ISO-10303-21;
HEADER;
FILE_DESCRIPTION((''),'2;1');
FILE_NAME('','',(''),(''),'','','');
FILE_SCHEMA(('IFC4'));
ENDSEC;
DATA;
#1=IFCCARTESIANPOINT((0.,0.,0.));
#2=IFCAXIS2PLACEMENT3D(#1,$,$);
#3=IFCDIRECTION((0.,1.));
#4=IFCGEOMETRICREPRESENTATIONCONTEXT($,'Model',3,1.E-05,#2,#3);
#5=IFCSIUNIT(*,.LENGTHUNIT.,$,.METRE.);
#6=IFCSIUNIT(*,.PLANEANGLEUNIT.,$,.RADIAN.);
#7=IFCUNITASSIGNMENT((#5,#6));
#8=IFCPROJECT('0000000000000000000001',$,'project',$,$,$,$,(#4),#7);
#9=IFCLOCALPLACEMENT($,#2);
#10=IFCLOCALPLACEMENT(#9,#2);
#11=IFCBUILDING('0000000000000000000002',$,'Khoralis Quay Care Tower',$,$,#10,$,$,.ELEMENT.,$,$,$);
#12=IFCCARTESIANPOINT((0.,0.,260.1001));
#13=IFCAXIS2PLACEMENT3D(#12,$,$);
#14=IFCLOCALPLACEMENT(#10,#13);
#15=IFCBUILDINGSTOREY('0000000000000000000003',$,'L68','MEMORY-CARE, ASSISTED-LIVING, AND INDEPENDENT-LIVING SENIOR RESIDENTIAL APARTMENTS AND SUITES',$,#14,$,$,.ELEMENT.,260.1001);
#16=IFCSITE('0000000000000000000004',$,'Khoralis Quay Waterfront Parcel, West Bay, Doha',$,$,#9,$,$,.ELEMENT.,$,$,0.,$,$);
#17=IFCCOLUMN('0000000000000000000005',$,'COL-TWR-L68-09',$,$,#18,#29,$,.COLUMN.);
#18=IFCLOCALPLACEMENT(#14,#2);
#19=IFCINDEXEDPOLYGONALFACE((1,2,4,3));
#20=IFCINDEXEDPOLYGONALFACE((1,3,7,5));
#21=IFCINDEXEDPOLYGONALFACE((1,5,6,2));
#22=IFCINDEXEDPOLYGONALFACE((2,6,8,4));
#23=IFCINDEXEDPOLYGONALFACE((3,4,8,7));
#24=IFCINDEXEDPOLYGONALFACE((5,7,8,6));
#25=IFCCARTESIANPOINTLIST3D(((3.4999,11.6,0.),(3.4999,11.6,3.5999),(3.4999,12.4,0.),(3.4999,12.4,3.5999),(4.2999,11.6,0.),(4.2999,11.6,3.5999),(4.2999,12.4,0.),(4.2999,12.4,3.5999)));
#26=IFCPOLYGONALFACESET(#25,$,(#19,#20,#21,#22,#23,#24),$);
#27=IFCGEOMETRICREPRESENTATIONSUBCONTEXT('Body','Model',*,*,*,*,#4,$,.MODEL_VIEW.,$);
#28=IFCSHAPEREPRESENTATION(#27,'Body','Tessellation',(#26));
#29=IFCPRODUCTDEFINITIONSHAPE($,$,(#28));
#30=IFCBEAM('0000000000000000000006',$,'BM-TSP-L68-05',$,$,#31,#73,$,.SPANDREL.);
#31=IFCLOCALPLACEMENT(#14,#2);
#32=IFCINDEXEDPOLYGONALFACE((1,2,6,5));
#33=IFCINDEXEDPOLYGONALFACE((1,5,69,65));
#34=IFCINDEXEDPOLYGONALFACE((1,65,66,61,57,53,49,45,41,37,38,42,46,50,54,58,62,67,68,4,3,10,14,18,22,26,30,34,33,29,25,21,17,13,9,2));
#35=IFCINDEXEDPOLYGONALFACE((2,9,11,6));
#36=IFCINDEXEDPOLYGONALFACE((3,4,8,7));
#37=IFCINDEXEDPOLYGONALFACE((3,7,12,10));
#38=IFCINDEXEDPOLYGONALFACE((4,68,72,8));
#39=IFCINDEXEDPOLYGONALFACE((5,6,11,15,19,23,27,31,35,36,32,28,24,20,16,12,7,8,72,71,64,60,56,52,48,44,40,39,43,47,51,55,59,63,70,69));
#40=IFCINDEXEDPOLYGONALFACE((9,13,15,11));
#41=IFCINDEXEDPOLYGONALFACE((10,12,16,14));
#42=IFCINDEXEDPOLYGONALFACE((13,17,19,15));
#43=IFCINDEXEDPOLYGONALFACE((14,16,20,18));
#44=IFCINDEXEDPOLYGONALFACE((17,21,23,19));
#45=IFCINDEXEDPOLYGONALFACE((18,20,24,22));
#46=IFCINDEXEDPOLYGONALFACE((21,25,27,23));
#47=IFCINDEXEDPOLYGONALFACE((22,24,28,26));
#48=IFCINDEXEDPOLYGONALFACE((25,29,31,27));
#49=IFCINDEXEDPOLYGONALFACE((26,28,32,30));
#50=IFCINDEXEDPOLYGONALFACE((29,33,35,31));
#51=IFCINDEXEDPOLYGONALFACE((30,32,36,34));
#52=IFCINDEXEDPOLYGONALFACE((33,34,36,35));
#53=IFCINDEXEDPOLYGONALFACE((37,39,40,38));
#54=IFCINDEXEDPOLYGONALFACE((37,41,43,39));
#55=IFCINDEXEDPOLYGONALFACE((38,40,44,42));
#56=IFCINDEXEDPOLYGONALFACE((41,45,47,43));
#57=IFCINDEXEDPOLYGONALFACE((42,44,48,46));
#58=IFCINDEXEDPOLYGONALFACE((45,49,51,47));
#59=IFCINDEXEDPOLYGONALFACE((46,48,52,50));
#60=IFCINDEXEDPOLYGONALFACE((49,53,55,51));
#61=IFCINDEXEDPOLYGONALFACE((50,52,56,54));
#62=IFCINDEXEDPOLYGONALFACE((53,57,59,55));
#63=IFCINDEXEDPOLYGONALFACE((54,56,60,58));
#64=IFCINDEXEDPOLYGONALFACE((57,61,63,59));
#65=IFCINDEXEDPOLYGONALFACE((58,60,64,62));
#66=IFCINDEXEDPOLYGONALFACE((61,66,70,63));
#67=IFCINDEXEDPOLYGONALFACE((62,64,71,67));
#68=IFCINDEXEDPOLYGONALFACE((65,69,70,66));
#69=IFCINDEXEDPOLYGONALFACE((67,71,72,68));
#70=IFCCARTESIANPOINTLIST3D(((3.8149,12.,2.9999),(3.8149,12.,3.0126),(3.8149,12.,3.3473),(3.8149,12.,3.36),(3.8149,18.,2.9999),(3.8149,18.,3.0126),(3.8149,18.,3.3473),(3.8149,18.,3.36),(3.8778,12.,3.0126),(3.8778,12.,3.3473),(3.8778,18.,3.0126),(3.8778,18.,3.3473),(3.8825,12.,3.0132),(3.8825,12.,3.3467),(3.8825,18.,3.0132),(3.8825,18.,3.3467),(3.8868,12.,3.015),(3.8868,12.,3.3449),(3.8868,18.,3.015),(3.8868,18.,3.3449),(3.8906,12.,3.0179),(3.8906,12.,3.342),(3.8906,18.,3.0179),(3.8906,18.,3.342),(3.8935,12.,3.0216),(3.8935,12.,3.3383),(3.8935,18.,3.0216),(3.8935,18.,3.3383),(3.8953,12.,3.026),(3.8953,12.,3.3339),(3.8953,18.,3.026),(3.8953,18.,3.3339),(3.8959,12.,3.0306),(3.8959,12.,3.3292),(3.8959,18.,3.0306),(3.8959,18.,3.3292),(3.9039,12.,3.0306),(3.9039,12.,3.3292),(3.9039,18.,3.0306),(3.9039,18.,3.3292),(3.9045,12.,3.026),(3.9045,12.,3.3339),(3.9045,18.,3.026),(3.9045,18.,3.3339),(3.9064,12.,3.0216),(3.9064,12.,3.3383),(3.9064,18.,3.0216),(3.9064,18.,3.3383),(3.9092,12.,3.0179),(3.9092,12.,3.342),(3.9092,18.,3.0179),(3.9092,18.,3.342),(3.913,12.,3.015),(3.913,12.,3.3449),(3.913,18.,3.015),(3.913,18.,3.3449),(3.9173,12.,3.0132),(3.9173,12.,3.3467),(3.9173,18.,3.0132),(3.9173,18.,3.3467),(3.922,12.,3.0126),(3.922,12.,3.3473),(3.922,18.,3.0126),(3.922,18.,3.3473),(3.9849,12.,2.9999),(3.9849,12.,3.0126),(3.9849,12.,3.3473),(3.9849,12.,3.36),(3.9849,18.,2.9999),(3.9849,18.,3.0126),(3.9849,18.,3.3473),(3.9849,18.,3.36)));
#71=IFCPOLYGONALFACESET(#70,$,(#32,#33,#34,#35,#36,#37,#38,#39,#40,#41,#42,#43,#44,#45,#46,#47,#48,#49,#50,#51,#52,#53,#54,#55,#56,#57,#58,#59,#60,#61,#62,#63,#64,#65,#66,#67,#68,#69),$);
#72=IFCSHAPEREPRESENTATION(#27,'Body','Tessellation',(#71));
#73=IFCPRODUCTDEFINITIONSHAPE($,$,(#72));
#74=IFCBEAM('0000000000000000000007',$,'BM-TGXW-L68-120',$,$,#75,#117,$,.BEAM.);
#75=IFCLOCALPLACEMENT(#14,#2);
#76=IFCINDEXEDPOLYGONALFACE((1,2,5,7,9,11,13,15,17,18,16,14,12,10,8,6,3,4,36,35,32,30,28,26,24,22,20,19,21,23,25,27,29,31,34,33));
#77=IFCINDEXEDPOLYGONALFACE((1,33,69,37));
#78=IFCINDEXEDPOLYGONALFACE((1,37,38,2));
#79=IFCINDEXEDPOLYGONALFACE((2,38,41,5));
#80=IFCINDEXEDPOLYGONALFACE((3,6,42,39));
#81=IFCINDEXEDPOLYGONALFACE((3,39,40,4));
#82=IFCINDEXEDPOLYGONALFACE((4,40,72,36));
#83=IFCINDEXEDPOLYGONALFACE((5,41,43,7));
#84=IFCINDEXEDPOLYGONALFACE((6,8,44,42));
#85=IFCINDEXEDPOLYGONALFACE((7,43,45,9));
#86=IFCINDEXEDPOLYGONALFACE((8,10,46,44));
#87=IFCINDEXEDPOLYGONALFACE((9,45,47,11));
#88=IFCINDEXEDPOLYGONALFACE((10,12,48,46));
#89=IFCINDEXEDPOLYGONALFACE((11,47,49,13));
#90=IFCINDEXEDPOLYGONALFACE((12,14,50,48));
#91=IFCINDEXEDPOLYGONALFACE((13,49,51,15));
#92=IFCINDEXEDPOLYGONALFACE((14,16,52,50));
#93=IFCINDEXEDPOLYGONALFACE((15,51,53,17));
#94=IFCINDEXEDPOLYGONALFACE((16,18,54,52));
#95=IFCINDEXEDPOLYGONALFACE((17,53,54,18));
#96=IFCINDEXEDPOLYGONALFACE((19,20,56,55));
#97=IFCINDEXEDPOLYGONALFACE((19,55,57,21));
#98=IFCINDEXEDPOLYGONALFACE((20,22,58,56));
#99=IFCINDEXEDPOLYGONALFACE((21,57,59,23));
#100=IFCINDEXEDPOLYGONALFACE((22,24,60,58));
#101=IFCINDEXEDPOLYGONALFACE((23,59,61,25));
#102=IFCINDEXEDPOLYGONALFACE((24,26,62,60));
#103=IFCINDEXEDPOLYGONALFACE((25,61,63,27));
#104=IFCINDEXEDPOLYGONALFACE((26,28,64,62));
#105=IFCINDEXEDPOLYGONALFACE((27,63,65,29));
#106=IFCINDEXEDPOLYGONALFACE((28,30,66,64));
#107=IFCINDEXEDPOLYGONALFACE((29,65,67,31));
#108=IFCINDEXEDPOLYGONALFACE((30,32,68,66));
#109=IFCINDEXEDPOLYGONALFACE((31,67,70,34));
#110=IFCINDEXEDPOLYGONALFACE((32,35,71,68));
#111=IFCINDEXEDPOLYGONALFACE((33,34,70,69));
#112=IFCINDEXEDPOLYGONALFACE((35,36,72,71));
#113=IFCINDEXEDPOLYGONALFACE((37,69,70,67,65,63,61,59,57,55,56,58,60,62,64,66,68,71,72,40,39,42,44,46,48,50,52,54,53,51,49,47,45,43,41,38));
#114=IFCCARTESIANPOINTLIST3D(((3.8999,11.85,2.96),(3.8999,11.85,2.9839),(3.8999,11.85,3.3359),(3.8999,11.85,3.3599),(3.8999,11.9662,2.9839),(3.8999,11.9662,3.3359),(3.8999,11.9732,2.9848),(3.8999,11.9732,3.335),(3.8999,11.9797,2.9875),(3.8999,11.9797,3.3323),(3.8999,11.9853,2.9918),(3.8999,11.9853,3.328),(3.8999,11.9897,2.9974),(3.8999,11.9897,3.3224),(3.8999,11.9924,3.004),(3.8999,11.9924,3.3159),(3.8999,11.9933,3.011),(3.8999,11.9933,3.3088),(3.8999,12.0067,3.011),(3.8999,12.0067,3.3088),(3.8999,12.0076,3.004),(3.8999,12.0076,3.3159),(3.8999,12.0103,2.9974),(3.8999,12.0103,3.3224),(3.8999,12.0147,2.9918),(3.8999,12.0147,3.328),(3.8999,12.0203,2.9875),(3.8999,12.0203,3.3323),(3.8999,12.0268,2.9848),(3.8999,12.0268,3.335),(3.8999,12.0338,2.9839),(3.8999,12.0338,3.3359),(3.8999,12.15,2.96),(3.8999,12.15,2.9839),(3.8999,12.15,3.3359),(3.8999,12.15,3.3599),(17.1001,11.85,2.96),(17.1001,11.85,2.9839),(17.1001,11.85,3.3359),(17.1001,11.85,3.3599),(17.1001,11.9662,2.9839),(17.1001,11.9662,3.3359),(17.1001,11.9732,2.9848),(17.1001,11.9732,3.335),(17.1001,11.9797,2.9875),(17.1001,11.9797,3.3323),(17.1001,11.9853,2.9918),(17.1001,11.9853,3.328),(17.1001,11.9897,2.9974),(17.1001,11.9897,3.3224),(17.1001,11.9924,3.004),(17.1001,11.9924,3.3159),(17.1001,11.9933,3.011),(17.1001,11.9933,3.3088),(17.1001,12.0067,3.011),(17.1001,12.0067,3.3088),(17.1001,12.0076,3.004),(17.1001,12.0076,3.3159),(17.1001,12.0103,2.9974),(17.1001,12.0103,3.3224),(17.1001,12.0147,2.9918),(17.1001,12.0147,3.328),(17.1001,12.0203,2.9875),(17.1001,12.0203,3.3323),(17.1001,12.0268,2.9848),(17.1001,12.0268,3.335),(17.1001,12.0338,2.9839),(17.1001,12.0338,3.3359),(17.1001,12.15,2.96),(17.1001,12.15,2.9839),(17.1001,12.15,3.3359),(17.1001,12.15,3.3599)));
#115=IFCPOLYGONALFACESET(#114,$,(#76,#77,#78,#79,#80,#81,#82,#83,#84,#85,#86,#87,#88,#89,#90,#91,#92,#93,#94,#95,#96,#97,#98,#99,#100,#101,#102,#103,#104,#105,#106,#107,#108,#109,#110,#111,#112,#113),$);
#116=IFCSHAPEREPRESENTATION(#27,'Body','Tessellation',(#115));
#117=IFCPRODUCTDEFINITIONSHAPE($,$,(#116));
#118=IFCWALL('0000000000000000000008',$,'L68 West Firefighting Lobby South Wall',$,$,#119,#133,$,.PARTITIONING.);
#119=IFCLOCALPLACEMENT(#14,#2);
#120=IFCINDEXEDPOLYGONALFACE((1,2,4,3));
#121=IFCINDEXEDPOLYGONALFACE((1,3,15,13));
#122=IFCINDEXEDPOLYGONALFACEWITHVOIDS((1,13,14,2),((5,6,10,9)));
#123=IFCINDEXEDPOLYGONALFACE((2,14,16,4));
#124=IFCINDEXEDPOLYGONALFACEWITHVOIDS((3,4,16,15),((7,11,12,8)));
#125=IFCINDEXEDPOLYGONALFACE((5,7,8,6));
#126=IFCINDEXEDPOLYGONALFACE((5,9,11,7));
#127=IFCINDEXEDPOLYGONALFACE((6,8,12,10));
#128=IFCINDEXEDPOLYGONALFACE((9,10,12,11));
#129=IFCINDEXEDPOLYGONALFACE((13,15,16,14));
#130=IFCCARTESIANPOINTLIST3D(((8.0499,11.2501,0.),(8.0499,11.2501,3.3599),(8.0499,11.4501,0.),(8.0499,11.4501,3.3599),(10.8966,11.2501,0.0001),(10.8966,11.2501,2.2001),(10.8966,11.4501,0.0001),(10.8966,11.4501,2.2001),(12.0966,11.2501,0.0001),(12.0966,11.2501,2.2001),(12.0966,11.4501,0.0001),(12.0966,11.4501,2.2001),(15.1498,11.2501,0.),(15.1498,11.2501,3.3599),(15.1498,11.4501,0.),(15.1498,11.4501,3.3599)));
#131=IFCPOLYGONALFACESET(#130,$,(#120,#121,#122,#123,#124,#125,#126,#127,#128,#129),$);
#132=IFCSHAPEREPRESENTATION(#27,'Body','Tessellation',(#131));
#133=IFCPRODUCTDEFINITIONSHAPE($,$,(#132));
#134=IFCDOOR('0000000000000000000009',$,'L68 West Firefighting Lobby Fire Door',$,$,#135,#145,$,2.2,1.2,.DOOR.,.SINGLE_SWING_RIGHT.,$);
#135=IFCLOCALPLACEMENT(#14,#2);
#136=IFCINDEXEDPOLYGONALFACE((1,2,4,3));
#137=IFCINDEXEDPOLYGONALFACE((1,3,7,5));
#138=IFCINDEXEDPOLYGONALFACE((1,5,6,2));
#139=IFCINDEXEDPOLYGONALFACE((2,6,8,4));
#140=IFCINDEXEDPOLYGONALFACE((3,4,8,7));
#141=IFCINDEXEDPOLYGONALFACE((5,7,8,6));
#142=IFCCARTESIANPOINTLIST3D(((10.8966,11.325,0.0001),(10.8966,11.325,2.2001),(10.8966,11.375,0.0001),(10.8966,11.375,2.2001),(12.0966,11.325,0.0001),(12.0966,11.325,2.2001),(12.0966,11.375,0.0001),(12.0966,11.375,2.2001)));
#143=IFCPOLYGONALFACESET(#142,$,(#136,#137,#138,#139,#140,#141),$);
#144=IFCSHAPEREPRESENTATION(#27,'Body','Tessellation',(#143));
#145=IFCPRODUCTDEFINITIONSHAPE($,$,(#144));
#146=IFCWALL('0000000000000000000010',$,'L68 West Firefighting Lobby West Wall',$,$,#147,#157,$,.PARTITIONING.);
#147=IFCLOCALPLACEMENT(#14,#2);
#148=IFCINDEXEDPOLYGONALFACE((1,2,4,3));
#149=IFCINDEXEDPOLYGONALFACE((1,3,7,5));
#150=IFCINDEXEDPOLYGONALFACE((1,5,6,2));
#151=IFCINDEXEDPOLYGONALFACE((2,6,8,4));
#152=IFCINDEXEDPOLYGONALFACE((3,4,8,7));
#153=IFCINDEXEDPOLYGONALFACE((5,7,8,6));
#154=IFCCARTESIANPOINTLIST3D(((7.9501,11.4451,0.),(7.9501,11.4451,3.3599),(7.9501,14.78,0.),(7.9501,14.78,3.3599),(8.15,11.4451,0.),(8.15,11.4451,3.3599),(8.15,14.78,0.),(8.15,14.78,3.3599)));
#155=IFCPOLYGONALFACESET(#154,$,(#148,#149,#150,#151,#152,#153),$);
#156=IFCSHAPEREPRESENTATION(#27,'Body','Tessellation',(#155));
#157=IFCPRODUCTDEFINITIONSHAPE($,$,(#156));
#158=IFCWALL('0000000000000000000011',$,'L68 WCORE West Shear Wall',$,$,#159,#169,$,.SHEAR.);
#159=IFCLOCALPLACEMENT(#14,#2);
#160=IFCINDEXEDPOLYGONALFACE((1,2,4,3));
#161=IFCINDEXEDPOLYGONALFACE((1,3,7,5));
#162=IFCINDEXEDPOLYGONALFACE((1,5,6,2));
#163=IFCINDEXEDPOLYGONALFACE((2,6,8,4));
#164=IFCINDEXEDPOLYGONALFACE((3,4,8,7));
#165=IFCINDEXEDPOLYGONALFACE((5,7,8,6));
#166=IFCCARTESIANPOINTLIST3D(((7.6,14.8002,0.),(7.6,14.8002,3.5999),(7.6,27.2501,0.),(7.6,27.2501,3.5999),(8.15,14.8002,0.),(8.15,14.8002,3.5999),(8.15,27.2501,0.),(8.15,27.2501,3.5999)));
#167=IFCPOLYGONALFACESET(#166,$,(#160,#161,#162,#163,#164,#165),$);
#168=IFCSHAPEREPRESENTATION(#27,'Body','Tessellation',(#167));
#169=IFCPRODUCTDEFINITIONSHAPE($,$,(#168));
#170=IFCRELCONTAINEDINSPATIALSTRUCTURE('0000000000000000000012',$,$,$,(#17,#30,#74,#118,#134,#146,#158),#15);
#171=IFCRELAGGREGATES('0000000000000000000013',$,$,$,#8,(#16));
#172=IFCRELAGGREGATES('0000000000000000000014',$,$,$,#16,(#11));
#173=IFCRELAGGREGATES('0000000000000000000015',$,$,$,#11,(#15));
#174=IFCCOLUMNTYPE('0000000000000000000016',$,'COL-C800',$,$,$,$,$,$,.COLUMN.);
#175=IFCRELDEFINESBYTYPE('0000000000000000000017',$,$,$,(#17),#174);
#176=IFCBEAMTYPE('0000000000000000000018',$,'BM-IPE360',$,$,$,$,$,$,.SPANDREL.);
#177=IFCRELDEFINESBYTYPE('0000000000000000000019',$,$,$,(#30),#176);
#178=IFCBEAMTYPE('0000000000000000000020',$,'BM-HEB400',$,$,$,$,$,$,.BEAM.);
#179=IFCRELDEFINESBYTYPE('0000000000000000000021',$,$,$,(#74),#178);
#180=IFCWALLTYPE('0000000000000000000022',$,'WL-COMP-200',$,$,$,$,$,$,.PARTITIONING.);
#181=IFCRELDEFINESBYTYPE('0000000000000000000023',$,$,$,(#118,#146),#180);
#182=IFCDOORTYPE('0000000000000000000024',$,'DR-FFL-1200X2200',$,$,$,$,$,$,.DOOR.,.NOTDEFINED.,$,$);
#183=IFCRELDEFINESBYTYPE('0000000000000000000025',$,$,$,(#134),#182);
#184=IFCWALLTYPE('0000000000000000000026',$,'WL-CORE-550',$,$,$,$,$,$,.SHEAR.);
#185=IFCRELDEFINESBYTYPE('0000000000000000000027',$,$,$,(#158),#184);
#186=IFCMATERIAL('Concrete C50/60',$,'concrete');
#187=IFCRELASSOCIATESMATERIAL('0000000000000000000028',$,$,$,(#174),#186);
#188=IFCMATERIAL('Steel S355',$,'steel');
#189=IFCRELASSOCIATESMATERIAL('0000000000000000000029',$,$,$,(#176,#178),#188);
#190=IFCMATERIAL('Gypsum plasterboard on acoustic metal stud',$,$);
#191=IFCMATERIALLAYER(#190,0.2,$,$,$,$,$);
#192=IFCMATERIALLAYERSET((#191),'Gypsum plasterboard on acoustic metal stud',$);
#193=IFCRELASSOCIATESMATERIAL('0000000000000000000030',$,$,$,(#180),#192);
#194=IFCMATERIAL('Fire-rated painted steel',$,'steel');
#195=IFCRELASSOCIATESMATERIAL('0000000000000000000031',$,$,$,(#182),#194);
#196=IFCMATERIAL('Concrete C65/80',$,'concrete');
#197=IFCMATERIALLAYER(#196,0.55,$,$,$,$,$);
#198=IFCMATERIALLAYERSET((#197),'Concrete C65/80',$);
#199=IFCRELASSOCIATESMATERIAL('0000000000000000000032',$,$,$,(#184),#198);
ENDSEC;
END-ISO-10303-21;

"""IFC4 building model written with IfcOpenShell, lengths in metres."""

from ifc_helpers import new_model, si_unit, direction, frame, frame_2d, origin, origin_2d, place, context, subcontext, project, spatial, rectangle, i_section, extrude, source, transform, mapped, material, layer, layer_set, material_profile, profile_set, type_object, element, fill, save


model = new_model("IFC4")

# Units and contexts
model_context = context("Model", 3, precision=1e-05, world=origin(), true_north=direction((0.0, 1.0)))
body_context = subcontext(model_context, "Body", "Model", "MODEL_VIEW")
ifc_project = project(units=[si_unit("LENGTHUNIT", "METRE"), si_unit("PLANEANGLEUNIT", "RADIAN")], contexts=[model_context])

# Site, building, storey
site_placement = place(None, origin())
site = spatial("IfcSite", under=ifc_project, at=site_placement, Name="Khoralis Quay Waterfront Parcel, West Bay, Doha", CompositionType="ELEMENT", RefElevation=0.0)
building_placement = place(site_placement, origin())
building = spatial("IfcBuilding", under=site, at=building_placement, Name="Khoralis Quay Care Tower", CompositionType="ELEMENT")
storey_placement = place(building_placement, frame((0.0, 0.0, 260.1001)))
storey = spatial("IfcBuildingStorey", under=building, at=storey_placement, Name="L68", Description="MEMORY-CARE, ASSISTED-LIVING, AND INDEPENDENT-LIVING SENIOR RESIDENTIAL APARTMENTS AND SUITES", CompositionType="ELEMENT", Elevation=260.1001)

# Column
ifc_material_1 = material(Name="Concrete C50/60", Category="concrete")
ifc_material_profile_1 = material_profile(ifc_material_1, rectangle(XDim=0.8, YDim=0.8, at=origin_2d()), Name="Concrete C50/60")
ifc_profile_set_1 = profile_set([ifc_material_profile_1], Name="Concrete C50/60")
column_type = type_object("IfcColumnType", Name="COL-C800", PredefinedType="COLUMN", material=ifc_profile_set_1)
shared_shape_1 = source(origin(), body_context, "Body", "SweptSolid", [
    extrude(rectangle(XDim=0.8, YDim=0.8, at=origin_2d()), origin(), (0.0, 0.0, 1.0), 3.5999),
])
column_placement = place(storey_placement, frame((3.8999, 12.0, 0.0), z_axis=(0.0, 0.0, 1.0), x_axis=(1.0, 0.0, 0.0)))
element("IfcColumn", 1, at=column_placement, inside=storey, type_object=column_type, Name="COL-TWR-L68-09", PredefinedType="COLUMN", context=body_context, shape_type="MappedRepresentation", body=[
    mapped(shared_shape_1, transform((0.0, 0.0, 0.0), scale=1.0)),
])

# Beams
ifc_material_2 = material(Name="Steel S355", Category="steel")
ifc_material_profile_2 = material_profile(ifc_material_2, i_section(OverallWidth=0.1699, OverallDepth=0.3601, WebThickness=0.0081, FlangeThickness=0.0127, FilletRadius=0.0181, at=origin_2d()), Name="Steel S355")
ifc_profile_set_2 = profile_set([ifc_material_profile_2], Name="Steel S355")
beam_type_1 = type_object("IfcBeamType", Name="BM-IPE360", PredefinedType="SPANDREL", material=ifc_profile_set_2)
shared_shape_2 = source(origin(), body_context, "Body", "SweptSolid", [
    extrude(i_section(OverallWidth=0.1699, OverallDepth=0.3601, WebThickness=0.0081, FlangeThickness=0.0127, FilletRadius=0.0181, at=origin_2d()), origin(), (0.0, 0.0, 1.0), 6.0),
])
beam_1_placement = place(storey_placement, frame((3.8999, 12.0, 3.1799), z_axis=(0.0, 1.0, 0.0), x_axis=(-1.0, 0.0, 0.0)))
element("IfcBeam", 2, at=beam_1_placement, inside=storey, type_object=beam_type_1, Name="BM-TSP-L68-05", PredefinedType="SPANDREL", context=body_context, shape_type="MappedRepresentation", body=[
    mapped(shared_shape_2, transform((0.0, 0.0, 0.0), scale=1.0)),
])
ifc_material_profile_3 = material_profile(ifc_material_2, i_section(OverallWidth=0.3, OverallDepth=0.3999, WebThickness=0.0134, FlangeThickness=0.0239, FilletRadius=0.0271, at=origin_2d()), Name="Steel S355")
ifc_profile_set_3 = profile_set([ifc_material_profile_3], Name="Steel S355")
beam_type_2 = type_object("IfcBeamType", Name="BM-HEB400", PredefinedType="BEAM", material=ifc_profile_set_3)
shared_shape_3 = source(origin(), body_context, "Body", "SweptSolid", [
    extrude(i_section(OverallWidth=0.3, OverallDepth=0.3999, WebThickness=0.0134, FlangeThickness=0.0239, FilletRadius=0.0271, at=origin_2d()), origin(), (0.0, 0.0, 1.0), 13.2002),
])
beam_2_placement = place(storey_placement, frame((3.8999, 12.0, 3.1599), z_axis=(1.0, 0.0, 0.0), x_axis=(0.0, 1.0, 0.0)))
element("IfcBeam", 3, at=beam_2_placement, inside=storey, type_object=beam_type_2, Name="BM-TGXW-L68-120", PredefinedType="BEAM", context=body_context, shape_type="MappedRepresentation", body=[
    mapped(shared_shape_3, transform((0.0, 0.0, 0.0), scale=1.0)),
])

# Wall, opening, door
ifc_material_3 = material(Name="Gypsum plasterboard on acoustic metal stud")
ifc_layer_1 = layer(ifc_material_3, 0.2)
ifc_layer_set_1 = layer_set([ifc_layer_1], Name="Gypsum plasterboard on acoustic metal stud")
wall_type_1 = type_object("IfcWallType", Name="WL-COMP-200", PredefinedType="PARTITIONING", material=ifc_layer_set_1)
wall_1_placement = place(storey_placement, frame((8.05, 11.3501, 0.0), z_axis=(0.0, 0.0, 1.0), x_axis=(1.0, 0.0, 0.0)))
wall_1 = element("IfcWall", 4, at=wall_1_placement, inside=storey, type_object=wall_type_1, Name="L68 West Firefighting Lobby South Wall", PredefinedType="PARTITIONING", context=body_context, shape_type="SweptSolid", body=[
    extrude(rectangle(XDim=7.0999, YDim=0.2, at=frame_2d((3.5498, 0.0))), origin(), (0.0, 0.0, 1.0), 3.3599),
])
opening_1_placement = place(wall_1_placement, frame((2.8464, 0.0, 0.0)))
opening_1 = element("IfcOpeningElement", 5, at=opening_1_placement, cuts=wall_1, PredefinedType="OPENING", context=body_context, shape_type="SweptSolid", body=[
    extrude(rectangle(XDim=1.2, YDim=2.2, at=frame_2d((0.6001, 1.1001))), frame((0.0, 0.1099, 0.0), z_axis=(0.0, -1.0, 0.0), x_axis=(1.0, 0.0, 0.0)), (0.0, 0.0, 1.0), 0.22),
])
ifc_material_4 = material(Name="Fire-rated painted steel", Category="steel")
door_type_1 = type_object("IfcDoorType", Name="DR-FFL-1200X2200", OperationType="NOTDEFINED", PredefinedType="DOOR", material=ifc_material_4)
shared_shape_4 = source(origin(), body_context, "Body", "SweptSolid", [
    extrude(rectangle(XDim=1.2, YDim=2.2, at=frame_2d((0.6001, 1.1001))), frame((0.0, 0.0249, 0.0), z_axis=(0.0, -1.0, 0.0), x_axis=(1.0, 0.0, 0.0)), (0.0, 0.0, 1.0), 0.05),
])
door_1_placement = place(opening_1_placement, origin())
door_1 = element("IfcDoor", 6, at=door_1_placement, inside=storey, type_object=door_type_1, Name="L68 West Firefighting Lobby Fire Door", OperationType="SINGLE_SWING_RIGHT", OverallHeight=2.2, OverallWidth=1.2, PredefinedType="DOOR", context=body_context, shape_type="MappedRepresentation", body=[
    mapped(shared_shape_4, transform((0.0, 0.0, 0.0), scale=1.0)),
])
fill(opening_1, door_1)

# Walls
wall_2_placement = place(storey_placement, frame((8.05, 11.4451, 0.0), z_axis=(0.0, 0.0, 1.0), x_axis=(0.0, 1.0, 0.0)))
element("IfcWall", 7, at=wall_2_placement, inside=storey, type_object=wall_type_1, Name="L68 West Firefighting Lobby West Wall", PredefinedType="PARTITIONING", context=body_context, shape_type="SweptSolid", body=[
    extrude(rectangle(XDim=3.335, YDim=0.2, at=frame_2d((1.6675, 0.0))), origin(), (0.0, 0.0, 1.0), 3.3599),
])
ifc_material_5 = material(Name="Concrete C65/80", Category="concrete")
ifc_layer_2 = layer(ifc_material_5, 0.55)
ifc_layer_set_2 = layer_set([ifc_layer_2], Name="Concrete C65/80")
wall_type_2 = type_object("IfcWallType", Name="WL-CORE-550", PredefinedType="SHEAR", material=ifc_layer_set_2)
wall_3_placement = place(storey_placement, frame((7.875, 14.8, 0.0), z_axis=(0.0, 0.0, 1.0), x_axis=(0.0, 1.0, 0.0)))
element("IfcWall", 8, at=wall_3_placement, inside=storey, type_object=wall_type_2, Name="L68 WCORE West Shear Wall", PredefinedType="SHEAR", context=body_context, shape_type="SweptSolid", body=[
    extrude(rectangle(XDim=12.45, YDim=0.55, at=frame_2d((6.2251, 0.0))), origin(), (0.0, 0.0, 1.0), 3.5999),
])

save(model, "model.ifc")
